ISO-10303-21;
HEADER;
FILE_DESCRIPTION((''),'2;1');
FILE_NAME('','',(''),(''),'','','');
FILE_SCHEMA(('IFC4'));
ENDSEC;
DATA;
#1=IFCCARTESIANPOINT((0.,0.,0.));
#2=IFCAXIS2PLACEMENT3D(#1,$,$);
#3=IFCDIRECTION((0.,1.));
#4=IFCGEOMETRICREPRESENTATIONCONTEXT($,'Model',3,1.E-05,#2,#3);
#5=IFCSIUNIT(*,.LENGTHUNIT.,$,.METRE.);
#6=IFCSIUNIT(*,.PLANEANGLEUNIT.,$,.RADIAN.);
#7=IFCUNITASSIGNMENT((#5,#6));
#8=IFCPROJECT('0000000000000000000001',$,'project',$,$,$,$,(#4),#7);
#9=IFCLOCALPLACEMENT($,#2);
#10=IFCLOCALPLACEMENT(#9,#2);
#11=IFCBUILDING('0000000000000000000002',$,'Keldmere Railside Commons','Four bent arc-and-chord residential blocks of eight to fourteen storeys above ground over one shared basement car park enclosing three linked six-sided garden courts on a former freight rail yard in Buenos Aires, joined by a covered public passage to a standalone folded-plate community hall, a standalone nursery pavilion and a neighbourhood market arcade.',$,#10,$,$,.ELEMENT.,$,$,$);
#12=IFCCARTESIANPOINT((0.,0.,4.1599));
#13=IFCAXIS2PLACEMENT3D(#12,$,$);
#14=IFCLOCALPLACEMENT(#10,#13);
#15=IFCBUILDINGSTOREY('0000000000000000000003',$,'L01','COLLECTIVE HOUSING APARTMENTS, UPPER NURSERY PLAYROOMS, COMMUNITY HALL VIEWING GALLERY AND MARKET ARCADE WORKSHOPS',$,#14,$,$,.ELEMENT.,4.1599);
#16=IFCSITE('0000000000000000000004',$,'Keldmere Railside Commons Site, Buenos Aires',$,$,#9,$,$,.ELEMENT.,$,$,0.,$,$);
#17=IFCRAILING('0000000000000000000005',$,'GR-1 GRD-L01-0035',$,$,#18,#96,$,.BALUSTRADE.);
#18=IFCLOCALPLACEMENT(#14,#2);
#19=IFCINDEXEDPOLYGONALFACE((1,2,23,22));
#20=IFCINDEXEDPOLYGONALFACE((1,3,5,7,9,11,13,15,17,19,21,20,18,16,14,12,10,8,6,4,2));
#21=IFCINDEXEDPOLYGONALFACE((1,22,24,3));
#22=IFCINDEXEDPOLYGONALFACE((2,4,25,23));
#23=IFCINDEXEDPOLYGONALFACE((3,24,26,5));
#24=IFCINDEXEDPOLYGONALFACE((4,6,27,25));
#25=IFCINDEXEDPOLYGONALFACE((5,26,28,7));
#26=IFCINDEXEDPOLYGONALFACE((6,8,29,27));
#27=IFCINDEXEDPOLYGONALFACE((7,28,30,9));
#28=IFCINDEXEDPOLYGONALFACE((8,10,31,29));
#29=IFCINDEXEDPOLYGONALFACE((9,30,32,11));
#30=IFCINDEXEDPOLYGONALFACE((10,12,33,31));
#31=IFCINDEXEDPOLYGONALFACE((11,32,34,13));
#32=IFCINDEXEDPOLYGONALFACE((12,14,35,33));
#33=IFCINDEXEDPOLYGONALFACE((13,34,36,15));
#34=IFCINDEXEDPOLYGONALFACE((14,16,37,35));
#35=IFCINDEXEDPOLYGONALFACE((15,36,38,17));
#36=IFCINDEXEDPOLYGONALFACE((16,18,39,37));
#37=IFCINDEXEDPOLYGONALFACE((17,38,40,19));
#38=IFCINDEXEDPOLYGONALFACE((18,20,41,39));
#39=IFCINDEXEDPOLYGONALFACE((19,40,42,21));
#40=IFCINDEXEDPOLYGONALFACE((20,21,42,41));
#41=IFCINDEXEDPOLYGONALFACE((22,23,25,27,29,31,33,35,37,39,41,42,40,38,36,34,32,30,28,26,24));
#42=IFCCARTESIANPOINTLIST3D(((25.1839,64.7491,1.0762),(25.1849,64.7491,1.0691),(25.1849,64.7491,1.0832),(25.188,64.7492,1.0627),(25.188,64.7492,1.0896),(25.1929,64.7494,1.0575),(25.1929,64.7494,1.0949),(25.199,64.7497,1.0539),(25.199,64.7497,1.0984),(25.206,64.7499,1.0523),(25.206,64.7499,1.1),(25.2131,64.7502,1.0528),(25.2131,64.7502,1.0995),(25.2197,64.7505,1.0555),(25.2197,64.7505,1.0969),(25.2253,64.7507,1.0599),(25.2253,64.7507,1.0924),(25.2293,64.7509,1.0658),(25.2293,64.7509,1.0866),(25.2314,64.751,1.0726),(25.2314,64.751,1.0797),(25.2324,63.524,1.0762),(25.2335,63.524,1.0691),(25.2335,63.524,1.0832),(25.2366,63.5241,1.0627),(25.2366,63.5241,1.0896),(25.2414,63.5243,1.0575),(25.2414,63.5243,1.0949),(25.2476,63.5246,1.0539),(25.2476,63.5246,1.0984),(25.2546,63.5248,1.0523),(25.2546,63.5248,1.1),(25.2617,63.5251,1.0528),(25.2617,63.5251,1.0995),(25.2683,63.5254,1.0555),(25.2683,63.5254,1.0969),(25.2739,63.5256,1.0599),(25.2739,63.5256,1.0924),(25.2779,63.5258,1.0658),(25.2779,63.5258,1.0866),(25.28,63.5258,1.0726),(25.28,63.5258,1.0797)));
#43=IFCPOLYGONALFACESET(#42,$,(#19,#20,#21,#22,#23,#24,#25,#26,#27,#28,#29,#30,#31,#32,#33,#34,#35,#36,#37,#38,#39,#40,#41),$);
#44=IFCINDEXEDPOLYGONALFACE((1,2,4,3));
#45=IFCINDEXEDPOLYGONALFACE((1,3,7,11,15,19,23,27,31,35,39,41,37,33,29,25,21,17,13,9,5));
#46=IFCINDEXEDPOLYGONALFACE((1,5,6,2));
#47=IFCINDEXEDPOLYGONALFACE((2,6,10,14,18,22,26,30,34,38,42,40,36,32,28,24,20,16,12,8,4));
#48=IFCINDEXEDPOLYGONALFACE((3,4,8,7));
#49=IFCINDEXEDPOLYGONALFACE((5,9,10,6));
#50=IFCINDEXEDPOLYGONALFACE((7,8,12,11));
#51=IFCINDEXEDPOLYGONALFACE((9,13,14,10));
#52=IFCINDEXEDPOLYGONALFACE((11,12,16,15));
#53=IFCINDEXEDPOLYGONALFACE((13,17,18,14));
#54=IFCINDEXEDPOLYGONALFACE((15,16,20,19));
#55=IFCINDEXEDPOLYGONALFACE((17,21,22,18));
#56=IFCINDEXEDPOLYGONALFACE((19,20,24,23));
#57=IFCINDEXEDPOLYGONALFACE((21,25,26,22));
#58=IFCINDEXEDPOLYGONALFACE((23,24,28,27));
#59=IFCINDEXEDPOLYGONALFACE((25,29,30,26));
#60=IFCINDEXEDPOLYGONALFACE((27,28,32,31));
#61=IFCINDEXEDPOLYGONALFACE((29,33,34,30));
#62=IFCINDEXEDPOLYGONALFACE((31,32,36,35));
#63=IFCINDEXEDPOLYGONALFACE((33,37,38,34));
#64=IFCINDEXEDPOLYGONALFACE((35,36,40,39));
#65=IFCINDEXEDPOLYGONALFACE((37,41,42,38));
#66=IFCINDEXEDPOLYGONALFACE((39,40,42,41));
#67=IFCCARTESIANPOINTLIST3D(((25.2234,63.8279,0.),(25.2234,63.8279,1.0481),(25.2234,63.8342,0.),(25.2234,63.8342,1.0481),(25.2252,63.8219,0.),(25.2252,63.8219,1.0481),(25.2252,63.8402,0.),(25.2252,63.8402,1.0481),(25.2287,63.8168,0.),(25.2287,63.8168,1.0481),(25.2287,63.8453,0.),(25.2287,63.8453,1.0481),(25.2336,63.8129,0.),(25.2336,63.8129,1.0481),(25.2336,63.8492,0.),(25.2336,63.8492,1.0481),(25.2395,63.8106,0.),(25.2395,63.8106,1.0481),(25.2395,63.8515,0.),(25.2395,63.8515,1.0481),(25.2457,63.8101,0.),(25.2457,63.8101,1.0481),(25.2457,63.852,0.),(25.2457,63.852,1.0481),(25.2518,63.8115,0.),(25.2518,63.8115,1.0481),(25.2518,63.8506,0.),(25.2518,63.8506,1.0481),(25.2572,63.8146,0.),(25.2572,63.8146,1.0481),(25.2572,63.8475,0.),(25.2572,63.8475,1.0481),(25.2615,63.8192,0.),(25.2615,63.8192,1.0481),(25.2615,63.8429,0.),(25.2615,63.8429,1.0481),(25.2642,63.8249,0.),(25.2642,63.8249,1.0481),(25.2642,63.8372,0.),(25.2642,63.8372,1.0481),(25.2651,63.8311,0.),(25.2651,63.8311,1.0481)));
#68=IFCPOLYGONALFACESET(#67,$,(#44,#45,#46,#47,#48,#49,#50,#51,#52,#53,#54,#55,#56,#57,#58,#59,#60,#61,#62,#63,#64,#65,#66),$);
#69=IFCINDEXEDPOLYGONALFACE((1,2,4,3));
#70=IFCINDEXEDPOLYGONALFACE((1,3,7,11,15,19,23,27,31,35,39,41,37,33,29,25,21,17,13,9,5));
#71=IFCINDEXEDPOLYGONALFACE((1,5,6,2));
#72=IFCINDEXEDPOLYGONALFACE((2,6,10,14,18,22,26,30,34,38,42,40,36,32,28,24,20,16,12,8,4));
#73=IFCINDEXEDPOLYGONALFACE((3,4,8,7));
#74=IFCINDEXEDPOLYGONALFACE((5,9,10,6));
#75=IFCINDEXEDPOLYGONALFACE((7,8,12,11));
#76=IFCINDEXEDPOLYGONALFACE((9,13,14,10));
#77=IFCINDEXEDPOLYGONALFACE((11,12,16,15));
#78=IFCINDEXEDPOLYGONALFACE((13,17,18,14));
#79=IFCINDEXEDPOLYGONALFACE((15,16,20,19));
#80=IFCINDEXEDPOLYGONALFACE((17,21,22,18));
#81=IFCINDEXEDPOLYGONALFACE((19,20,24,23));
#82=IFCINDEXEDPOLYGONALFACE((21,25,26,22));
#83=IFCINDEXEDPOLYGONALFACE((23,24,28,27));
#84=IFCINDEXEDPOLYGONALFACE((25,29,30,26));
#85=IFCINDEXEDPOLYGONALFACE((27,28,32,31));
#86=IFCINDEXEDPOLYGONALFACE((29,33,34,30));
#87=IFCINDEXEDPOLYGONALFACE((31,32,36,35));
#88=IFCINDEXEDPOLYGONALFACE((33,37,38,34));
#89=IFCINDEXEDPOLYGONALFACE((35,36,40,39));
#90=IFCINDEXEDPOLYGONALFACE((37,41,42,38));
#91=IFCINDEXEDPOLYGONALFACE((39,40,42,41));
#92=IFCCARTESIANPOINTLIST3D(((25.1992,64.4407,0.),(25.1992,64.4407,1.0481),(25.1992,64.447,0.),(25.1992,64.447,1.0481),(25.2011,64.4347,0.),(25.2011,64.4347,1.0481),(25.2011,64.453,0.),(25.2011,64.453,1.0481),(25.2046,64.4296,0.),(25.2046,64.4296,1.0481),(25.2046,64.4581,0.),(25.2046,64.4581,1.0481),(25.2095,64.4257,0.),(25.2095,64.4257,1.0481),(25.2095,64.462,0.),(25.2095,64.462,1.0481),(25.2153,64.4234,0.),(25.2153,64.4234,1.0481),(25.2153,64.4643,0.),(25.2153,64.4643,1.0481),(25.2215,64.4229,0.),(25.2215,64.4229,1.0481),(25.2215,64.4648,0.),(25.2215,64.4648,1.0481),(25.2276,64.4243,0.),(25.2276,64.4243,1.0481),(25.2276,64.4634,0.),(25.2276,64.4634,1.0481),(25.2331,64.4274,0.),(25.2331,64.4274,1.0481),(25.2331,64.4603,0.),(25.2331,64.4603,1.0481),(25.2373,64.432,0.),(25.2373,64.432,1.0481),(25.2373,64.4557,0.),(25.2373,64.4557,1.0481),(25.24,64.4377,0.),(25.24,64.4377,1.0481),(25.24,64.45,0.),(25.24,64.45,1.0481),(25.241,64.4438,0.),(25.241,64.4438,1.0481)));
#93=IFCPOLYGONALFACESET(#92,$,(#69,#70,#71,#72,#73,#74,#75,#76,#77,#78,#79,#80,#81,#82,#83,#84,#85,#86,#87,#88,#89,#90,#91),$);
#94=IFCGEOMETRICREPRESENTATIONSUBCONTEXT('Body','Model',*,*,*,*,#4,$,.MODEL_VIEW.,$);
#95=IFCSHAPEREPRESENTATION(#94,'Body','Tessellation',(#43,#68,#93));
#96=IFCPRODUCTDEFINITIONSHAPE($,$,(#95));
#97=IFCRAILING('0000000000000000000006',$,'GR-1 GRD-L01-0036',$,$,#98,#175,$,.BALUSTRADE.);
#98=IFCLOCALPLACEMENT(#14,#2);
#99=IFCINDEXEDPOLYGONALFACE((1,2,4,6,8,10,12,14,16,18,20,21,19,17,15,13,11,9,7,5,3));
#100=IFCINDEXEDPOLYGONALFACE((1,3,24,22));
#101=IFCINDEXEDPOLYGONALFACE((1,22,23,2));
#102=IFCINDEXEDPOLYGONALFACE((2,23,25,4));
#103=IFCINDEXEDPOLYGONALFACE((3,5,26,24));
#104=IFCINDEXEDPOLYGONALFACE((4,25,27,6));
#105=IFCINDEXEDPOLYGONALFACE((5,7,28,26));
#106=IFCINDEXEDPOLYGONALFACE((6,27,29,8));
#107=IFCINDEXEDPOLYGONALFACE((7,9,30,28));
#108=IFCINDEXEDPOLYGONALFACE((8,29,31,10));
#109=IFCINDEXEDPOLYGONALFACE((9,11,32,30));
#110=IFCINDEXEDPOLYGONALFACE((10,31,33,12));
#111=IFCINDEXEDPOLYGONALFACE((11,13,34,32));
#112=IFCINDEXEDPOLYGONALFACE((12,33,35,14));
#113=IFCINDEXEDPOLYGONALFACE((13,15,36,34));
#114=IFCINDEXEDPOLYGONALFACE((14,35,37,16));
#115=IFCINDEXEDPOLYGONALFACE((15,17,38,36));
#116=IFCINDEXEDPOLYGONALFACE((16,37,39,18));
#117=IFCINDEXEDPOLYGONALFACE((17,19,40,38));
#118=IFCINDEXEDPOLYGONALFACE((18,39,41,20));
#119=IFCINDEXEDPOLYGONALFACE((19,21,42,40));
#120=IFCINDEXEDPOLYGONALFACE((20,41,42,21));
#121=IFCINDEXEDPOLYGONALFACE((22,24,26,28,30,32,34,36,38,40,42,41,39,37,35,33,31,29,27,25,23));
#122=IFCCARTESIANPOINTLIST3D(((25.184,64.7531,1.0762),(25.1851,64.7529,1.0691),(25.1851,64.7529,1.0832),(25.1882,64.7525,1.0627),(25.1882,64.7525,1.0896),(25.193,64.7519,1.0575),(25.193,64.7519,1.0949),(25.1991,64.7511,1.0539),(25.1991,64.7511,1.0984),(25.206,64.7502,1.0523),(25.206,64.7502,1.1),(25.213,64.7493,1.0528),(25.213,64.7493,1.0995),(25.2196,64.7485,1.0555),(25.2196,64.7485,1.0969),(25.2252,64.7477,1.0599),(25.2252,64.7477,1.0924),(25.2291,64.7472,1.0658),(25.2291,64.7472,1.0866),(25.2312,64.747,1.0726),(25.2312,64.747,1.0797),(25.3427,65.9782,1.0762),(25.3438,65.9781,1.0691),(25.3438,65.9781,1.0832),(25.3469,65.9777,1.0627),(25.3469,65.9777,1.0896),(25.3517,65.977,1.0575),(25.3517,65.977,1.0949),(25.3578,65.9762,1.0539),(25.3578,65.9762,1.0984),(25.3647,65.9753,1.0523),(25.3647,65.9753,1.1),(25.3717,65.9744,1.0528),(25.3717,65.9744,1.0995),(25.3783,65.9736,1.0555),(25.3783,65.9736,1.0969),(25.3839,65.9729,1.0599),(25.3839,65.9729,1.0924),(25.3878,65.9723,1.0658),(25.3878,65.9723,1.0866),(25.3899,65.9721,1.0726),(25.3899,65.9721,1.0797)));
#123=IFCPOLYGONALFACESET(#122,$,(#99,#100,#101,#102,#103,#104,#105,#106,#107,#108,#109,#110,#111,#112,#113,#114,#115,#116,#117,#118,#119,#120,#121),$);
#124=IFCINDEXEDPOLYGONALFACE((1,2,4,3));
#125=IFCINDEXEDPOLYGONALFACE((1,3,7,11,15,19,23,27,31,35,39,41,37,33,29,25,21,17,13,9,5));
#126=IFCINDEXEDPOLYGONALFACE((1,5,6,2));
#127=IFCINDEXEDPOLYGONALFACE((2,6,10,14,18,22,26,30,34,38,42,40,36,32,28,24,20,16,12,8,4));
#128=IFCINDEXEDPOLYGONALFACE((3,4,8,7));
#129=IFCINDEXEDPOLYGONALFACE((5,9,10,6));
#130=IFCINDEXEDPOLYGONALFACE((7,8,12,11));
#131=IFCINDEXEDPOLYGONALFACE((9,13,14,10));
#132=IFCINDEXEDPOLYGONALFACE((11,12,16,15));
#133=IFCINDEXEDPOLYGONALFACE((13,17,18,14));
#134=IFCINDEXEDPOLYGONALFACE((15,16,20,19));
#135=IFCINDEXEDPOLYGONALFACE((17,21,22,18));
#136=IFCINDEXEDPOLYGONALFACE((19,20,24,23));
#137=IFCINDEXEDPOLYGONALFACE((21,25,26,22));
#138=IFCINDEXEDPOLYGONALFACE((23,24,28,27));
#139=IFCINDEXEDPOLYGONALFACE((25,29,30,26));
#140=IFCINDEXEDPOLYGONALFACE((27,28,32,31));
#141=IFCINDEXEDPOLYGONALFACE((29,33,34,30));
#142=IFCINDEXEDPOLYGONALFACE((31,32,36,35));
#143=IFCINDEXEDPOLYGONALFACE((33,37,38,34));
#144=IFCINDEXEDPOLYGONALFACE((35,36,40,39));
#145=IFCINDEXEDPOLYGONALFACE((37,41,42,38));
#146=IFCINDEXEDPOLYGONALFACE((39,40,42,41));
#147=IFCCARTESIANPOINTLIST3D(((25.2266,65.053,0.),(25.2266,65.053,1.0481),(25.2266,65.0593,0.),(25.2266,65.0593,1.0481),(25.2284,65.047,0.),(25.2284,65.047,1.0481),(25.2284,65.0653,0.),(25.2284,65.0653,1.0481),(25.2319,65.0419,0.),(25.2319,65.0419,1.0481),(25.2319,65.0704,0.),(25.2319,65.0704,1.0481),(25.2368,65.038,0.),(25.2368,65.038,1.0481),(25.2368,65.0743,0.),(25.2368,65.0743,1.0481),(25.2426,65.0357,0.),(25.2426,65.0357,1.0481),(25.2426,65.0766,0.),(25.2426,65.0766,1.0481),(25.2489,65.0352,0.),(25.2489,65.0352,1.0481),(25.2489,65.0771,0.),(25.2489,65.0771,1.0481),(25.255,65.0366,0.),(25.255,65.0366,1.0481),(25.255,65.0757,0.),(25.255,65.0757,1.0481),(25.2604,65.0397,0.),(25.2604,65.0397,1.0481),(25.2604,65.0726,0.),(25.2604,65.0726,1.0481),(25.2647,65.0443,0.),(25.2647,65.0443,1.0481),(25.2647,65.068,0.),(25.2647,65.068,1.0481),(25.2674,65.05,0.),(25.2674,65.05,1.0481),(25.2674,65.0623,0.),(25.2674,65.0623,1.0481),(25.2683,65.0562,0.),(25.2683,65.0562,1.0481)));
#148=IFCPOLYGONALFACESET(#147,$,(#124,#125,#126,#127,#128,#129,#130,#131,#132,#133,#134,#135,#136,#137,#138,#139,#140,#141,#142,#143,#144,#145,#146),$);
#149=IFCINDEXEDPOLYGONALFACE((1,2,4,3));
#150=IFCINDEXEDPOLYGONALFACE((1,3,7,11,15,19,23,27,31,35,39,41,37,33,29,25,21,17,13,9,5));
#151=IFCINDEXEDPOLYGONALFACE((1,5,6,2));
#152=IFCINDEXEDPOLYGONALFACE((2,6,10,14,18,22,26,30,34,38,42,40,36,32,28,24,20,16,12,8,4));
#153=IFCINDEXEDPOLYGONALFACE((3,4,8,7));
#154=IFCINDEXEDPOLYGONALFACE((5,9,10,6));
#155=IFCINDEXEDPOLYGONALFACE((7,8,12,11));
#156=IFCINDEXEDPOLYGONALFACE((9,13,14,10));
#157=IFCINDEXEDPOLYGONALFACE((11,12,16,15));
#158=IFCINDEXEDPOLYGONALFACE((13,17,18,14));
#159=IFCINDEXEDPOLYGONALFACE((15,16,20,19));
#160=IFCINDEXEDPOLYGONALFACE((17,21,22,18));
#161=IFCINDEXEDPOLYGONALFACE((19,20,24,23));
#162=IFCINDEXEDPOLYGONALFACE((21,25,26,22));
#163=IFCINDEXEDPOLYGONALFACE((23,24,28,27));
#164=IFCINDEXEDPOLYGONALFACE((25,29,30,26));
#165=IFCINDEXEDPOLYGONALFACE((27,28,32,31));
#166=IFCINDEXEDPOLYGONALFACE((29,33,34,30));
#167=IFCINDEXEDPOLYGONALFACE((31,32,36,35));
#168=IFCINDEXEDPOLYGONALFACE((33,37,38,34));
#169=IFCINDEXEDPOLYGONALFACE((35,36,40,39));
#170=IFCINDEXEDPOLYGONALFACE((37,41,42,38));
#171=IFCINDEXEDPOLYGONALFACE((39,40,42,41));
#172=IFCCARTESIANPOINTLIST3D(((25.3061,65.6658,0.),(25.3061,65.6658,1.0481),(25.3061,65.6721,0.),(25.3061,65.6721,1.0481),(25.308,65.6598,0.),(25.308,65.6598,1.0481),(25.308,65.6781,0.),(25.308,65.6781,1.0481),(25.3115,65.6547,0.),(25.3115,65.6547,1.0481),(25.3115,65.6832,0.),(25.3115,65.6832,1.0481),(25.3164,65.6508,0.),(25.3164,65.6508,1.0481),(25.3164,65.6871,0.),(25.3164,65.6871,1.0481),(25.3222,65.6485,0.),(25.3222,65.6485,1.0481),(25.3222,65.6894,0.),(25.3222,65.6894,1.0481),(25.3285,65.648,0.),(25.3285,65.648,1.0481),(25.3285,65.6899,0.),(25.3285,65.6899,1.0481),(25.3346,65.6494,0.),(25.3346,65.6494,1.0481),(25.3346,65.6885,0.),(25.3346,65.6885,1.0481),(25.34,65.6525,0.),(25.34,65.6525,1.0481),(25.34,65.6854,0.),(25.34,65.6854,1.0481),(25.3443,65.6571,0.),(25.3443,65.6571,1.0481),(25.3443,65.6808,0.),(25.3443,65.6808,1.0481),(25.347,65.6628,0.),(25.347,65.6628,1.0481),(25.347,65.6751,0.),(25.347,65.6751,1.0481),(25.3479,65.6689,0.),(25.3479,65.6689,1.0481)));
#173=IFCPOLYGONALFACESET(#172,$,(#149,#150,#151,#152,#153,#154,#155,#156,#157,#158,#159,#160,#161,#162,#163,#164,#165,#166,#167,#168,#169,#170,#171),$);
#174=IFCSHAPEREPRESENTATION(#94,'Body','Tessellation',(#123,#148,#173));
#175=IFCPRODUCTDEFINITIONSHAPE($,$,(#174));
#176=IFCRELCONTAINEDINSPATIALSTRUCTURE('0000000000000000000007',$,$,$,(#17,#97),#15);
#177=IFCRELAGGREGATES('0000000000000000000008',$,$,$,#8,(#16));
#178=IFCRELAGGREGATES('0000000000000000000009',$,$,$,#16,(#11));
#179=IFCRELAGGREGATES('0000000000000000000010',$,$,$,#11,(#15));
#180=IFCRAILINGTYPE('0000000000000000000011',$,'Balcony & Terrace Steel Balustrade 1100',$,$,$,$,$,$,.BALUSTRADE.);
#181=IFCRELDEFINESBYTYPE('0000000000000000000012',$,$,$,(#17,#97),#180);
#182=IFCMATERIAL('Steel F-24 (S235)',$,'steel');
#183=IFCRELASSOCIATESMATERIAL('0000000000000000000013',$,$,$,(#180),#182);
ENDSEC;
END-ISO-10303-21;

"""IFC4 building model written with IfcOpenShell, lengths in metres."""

from ifc_helpers import new_model, si_unit, direction, frame, origin, origin_2d, place, context, subcontext, project, spatial, circle, extrude, material, type_object, element, save


model = new_model("IFC4")

# Units and contexts
model_context = context("Model", 3, precision=1e-05, world=origin(), true_north=direction((0.0, 1.0)))
body_context = subcontext(model_context, "Body", "Model", "MODEL_VIEW")
ifc_project = project(units=[si_unit("LENGTHUNIT", "METRE"), si_unit("PLANEANGLEUNIT", "RADIAN")], contexts=[model_context])

# Site, building, storey
site_placement = place(None, origin())
site = spatial("IfcSite", under=ifc_project, at=site_placement, Name="Keldmere Railside Commons Site, Buenos Aires", CompositionType="ELEMENT", RefElevation=0.0)
building_placement = place(site_placement, origin())
building = spatial("IfcBuilding", under=site, at=building_placement, Name="Keldmere Railside Commons", Description="Four bent arc-and-chord residential blocks of eight to fourteen storeys above ground over one shared basement car park enclosing three linked six-sided garden courts on a former freight rail yard in Buenos Aires, joined by a covered public passage to a standalone folded-plate community hall, a standalone nursery pavilion and a neighbourhood market arcade.", CompositionType="ELEMENT")
storey_placement = place(building_placement, frame((0.0, 0.0, 4.1599)))
storey = spatial("IfcBuildingStorey", under=building, at=storey_placement, Name="L01", Description="COLLECTIVE HOUSING APARTMENTS, UPPER NURSERY PLAYROOMS, COMMUNITY HALL VIEWING GALLERY AND MARKET ARCADE WORKSHOPS", CompositionType="ELEMENT", Elevation=4.1599)

# Railings
ifc_material_1 = material(Name="Steel F-24 (S235)", Category="steel")
railing_type = type_object("IfcRailingType", Name="Balcony & Terrace Steel Balustrade 1100", PredefinedType="BALUSTRADE", material=ifc_material_1)
railing_1_placement = place(storey_placement, frame((25.2563, 63.5249, 0.0)))
element("IfcRailing", 1, at=railing_1_placement, inside=storey, type_object=railing_type, Name="GR-1 GRD-L01-0035", PredefinedType="BALUSTRADE", context=body_context, shape_type="SweptSolid", body=[
    extrude(circle(Radius=0.0239, at=origin_2d()), frame((0.0, 0.0, 1.0762), z_axis=(-0.039626, 0.999215, 0.0), x_axis=(-0.999215, -0.039626, 0.0)), (0.0, 0.0, 1.0), 1.2261),
    extrude(circle(Radius=0.021, at=origin_2d()), frame((-0.0122, 0.3062, 0.0)), (0.0, 0.0, 1.0), 1.0481),
    extrude(circle(Radius=0.021, at=origin_2d()), frame((-0.0364, 0.9189, 0.0)), (0.0, 0.0, 1.0), 1.0481),
])
railing_2_placement = place(storey_placement, frame((25.2078, 64.75, 0.0)))
element("IfcRailing", 2, at=railing_2_placement, inside=storey, type_object=railing_type, Name="GR-1 GRD-L01-0036", PredefinedType="BALUSTRADE", context=body_context, shape_type="SweptSolid", body=[
    extrude(circle(Radius=0.0239, at=origin_2d()), frame((0.0, 0.0, 1.0762), z_axis=(0.12846, 0.991715, 0.0), x_axis=(-0.991715, 0.12846, 0.0)), (0.0, 0.0, 1.0), 1.2354),
    extrude(circle(Radius=0.021, at=origin_2d()), frame((0.0396, 0.3062, 0.0)), (0.0, 0.0, 1.0), 1.0481),
    extrude(circle(Radius=0.021, at=origin_2d()), frame((0.1191, 0.9189, 0.0)), (0.0, 0.0, 1.0), 1.0481),
])

save(model, "model.ifc")
